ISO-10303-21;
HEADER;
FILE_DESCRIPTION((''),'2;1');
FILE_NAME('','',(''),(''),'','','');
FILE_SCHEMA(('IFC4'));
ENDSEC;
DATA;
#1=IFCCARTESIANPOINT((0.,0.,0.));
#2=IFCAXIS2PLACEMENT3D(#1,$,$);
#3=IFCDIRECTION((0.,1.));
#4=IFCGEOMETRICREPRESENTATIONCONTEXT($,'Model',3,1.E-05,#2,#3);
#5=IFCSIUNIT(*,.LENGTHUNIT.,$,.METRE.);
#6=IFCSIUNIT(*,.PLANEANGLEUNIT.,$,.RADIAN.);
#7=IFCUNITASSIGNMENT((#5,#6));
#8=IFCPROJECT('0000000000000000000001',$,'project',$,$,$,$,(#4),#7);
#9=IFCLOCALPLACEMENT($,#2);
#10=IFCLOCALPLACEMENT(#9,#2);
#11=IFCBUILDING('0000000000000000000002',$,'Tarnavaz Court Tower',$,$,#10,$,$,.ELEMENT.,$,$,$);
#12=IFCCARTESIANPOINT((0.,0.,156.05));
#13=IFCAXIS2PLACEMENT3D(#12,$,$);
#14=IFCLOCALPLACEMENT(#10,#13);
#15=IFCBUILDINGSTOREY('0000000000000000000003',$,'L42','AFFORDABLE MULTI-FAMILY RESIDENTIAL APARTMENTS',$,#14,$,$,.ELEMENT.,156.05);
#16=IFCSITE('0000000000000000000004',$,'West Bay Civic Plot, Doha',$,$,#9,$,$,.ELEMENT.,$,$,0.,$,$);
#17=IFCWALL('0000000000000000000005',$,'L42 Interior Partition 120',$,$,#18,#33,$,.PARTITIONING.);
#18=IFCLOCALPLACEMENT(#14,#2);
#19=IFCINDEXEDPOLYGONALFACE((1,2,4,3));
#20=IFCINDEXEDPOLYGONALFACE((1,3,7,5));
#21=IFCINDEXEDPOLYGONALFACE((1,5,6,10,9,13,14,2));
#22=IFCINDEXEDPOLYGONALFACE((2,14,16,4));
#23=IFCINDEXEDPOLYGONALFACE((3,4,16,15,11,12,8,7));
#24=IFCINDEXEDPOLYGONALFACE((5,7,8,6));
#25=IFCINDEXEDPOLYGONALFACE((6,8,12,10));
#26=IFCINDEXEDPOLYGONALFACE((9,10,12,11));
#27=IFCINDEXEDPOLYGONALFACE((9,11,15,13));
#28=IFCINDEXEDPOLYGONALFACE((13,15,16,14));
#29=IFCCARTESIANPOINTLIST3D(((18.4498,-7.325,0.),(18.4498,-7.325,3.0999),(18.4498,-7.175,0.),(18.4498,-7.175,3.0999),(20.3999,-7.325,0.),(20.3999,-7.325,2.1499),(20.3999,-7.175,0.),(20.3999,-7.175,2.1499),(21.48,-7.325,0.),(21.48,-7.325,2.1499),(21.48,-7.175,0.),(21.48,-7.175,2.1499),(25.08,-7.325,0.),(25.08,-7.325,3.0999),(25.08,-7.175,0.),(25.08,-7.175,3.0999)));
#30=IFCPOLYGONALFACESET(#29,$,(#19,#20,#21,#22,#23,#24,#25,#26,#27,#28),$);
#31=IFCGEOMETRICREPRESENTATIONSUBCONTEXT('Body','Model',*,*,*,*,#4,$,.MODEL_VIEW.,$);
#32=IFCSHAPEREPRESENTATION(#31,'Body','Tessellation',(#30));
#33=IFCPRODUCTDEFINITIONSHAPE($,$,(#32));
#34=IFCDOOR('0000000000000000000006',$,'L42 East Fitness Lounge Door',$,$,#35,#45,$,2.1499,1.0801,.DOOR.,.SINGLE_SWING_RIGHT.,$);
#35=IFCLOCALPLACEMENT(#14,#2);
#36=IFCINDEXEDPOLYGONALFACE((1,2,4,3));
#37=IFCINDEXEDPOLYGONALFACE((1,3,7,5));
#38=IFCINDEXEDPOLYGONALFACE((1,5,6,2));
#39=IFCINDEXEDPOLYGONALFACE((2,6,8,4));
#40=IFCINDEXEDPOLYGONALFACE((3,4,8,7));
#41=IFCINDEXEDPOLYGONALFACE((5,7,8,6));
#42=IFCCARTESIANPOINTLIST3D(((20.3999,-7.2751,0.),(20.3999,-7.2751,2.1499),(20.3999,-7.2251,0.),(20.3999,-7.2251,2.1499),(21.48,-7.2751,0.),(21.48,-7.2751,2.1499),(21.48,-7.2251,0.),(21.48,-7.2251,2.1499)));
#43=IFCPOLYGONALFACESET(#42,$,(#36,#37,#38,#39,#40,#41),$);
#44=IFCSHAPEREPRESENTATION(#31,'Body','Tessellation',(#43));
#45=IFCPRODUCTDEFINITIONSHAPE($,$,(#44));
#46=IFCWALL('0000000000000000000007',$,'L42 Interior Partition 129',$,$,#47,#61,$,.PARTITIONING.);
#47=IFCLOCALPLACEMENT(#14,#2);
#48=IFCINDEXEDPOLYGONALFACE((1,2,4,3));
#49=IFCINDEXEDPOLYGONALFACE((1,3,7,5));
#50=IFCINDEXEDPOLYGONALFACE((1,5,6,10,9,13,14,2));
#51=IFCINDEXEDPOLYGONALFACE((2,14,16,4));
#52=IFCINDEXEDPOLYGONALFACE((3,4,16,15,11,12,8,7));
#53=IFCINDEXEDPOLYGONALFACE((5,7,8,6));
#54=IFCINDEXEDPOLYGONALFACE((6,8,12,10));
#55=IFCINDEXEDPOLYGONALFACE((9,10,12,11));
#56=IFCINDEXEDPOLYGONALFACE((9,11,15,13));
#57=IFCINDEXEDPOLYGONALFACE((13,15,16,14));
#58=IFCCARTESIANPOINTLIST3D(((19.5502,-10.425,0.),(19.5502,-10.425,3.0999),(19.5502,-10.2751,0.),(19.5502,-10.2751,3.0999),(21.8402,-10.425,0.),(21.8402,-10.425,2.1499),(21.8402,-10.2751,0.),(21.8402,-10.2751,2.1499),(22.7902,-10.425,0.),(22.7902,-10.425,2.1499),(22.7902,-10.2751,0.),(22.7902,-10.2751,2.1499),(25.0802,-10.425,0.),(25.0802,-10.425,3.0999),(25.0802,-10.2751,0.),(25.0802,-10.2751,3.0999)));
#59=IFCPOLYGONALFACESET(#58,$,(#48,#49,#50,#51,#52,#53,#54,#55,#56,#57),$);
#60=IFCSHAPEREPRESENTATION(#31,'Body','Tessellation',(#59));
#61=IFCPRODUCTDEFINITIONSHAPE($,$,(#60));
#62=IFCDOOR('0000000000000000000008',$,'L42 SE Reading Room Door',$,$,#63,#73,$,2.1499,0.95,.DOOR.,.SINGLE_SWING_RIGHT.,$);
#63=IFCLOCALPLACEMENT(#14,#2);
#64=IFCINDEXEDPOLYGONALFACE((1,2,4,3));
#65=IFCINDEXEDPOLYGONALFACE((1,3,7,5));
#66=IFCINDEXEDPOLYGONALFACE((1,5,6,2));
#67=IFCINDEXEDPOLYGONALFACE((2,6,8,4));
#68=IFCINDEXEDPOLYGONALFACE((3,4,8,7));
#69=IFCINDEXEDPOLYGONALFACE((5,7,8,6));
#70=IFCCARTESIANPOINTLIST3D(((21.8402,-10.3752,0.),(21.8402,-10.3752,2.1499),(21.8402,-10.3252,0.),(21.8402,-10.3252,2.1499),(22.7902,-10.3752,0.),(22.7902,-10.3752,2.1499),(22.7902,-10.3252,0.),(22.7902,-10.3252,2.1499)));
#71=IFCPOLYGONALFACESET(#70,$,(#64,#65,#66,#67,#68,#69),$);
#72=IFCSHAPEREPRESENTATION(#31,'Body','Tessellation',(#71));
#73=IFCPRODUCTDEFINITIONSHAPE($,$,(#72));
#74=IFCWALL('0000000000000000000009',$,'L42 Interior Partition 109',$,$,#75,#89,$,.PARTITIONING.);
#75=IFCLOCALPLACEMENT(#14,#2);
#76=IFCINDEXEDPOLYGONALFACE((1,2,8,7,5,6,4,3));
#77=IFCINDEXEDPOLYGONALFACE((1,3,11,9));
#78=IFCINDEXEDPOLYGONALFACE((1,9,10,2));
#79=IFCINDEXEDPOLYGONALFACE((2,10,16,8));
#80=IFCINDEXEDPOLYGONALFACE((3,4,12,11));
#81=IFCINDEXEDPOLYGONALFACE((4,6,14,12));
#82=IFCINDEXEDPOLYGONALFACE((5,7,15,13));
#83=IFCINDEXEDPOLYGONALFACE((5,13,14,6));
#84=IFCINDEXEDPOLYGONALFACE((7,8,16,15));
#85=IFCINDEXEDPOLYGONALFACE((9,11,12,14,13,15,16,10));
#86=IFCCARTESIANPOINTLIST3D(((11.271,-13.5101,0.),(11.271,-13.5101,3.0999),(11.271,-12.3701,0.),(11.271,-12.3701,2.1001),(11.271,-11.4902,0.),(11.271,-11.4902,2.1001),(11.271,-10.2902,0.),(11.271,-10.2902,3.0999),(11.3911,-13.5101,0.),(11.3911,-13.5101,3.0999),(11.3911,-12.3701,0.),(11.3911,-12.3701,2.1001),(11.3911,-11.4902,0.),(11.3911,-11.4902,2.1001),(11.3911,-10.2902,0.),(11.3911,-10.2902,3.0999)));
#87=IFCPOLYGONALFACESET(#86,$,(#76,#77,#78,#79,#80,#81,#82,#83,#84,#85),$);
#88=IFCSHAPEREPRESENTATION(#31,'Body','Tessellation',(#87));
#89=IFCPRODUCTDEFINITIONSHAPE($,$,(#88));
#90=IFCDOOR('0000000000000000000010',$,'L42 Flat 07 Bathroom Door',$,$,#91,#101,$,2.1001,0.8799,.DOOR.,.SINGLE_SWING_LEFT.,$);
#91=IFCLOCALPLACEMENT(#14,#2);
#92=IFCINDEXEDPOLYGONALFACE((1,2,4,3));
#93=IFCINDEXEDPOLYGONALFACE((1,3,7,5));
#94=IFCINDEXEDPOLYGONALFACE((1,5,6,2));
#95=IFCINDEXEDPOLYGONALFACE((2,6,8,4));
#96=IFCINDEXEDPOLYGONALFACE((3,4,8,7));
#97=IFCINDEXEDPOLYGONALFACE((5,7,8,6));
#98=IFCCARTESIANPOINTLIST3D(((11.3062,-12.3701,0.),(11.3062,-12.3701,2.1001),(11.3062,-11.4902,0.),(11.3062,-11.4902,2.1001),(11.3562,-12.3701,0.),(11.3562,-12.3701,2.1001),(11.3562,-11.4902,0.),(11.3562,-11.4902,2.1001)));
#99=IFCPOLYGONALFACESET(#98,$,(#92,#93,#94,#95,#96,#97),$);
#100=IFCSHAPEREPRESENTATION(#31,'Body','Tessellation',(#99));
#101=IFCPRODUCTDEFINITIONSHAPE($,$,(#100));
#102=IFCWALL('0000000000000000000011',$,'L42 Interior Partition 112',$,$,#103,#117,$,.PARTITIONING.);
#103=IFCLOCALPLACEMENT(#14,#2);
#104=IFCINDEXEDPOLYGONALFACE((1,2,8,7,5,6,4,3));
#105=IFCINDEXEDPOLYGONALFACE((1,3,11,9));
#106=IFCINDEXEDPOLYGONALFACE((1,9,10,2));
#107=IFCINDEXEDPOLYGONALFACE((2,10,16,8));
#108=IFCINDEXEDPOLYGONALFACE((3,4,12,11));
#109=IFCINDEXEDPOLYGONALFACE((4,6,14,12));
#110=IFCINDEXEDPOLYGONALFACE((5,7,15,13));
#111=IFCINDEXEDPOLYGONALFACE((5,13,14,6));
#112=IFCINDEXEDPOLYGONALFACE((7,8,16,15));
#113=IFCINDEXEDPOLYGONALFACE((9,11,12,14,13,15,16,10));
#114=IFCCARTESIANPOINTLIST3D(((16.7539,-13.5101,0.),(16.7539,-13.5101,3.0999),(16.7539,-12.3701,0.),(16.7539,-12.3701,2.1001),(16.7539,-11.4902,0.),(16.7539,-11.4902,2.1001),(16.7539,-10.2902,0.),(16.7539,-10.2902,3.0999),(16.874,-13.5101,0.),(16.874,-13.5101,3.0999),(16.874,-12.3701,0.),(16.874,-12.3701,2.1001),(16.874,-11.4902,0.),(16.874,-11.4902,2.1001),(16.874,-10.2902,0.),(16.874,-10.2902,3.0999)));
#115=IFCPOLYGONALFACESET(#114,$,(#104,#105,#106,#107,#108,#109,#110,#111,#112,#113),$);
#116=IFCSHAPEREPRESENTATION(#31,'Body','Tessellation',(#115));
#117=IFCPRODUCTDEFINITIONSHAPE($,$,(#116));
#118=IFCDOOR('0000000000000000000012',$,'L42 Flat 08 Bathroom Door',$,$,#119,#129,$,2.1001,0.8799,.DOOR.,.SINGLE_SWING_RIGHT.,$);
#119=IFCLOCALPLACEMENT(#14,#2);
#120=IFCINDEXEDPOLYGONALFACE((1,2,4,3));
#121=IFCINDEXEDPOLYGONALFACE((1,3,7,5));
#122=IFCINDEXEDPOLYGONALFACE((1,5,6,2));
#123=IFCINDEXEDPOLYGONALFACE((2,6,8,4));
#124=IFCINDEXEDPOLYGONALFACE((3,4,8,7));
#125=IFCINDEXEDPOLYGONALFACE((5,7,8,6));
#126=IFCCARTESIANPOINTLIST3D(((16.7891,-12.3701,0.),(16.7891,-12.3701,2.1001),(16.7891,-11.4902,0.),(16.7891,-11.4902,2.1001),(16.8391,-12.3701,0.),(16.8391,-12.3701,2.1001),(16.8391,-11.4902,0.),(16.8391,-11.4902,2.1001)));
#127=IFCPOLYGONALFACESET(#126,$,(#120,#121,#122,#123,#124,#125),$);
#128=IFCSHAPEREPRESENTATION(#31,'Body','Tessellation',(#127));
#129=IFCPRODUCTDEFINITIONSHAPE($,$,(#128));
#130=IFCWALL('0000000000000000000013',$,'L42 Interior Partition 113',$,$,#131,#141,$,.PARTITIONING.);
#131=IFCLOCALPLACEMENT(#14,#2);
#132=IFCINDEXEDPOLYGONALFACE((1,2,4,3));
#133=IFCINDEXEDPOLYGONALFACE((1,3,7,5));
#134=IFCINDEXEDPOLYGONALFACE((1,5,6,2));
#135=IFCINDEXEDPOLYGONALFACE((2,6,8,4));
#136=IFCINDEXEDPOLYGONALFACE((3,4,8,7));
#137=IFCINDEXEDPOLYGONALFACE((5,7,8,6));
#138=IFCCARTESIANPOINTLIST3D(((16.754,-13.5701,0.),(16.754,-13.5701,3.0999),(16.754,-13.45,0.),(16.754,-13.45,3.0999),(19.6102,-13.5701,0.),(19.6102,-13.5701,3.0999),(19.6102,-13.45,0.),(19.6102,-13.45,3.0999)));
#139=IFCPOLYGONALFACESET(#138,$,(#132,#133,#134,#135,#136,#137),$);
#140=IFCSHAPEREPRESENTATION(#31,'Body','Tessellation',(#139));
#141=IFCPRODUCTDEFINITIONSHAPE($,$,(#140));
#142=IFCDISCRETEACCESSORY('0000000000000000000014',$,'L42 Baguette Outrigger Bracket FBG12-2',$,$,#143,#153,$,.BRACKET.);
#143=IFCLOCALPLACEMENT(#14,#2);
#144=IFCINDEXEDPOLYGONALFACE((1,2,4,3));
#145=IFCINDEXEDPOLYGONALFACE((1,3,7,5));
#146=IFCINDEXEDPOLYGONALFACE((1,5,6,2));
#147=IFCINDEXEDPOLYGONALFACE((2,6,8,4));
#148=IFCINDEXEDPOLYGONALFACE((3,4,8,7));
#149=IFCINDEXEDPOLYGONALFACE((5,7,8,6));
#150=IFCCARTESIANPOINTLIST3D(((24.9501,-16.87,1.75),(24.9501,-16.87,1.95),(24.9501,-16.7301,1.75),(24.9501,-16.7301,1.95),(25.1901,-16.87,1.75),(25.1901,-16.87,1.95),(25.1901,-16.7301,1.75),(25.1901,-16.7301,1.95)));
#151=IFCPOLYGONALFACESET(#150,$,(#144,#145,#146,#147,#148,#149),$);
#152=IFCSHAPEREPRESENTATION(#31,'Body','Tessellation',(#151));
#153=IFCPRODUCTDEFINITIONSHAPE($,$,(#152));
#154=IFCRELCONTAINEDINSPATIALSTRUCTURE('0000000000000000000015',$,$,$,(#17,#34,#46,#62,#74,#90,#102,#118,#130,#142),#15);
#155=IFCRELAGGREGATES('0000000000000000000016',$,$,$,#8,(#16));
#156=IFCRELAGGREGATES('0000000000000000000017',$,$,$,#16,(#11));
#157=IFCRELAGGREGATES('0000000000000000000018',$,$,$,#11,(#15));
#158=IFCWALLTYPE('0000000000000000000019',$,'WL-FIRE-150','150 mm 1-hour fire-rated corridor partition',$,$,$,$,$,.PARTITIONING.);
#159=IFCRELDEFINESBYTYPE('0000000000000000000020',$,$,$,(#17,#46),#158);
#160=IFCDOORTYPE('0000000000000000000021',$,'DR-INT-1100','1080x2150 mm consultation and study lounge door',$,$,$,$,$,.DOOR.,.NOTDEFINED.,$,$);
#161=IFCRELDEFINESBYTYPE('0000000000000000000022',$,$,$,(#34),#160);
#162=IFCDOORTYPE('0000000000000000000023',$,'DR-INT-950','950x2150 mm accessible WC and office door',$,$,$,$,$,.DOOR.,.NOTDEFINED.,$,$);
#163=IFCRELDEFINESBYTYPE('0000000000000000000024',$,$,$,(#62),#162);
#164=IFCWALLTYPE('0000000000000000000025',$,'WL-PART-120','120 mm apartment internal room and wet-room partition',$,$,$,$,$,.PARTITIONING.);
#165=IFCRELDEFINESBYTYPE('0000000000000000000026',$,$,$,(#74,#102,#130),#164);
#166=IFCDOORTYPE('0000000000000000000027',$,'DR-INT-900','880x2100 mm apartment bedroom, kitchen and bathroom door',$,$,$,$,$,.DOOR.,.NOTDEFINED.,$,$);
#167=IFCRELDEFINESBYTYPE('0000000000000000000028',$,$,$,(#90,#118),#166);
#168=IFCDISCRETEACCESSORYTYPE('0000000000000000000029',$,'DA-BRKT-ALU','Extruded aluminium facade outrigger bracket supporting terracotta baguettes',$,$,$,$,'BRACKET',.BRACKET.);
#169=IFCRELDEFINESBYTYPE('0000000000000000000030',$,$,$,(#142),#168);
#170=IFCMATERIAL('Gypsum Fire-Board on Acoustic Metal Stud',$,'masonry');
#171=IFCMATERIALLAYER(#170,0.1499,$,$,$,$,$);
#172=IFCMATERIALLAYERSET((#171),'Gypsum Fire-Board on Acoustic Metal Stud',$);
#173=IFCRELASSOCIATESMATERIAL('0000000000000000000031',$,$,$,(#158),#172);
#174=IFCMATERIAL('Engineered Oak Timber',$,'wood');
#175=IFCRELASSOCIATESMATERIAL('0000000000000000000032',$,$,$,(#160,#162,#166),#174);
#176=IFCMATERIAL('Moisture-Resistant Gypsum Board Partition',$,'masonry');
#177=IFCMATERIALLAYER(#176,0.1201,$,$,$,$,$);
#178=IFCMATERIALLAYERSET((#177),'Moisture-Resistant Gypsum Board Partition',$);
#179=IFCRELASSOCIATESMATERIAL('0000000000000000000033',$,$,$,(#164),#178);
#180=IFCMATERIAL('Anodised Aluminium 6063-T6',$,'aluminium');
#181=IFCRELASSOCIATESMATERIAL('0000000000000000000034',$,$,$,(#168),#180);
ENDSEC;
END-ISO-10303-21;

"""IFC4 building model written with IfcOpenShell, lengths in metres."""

from ifc_helpers import new_model, si_unit, direction, frame, frame_2d, origin, origin_2d, place, context, subcontext, project, spatial, rectangle, extrude, material, layer, layer_set, type_object, element, fill, save


model = new_model("IFC4")

# Units and contexts
model_context = context("Model", 3, precision=1e-05, world=origin(), true_north=direction((0.0, 1.0)))
body_context = subcontext(model_context, "Body", "Model", "MODEL_VIEW")
ifc_project = project(units=[si_unit("LENGTHUNIT", "METRE"), si_unit("PLANEANGLEUNIT", "RADIAN")], contexts=[model_context])

# Site, building, storey
site_placement = place(None, origin())
site = spatial("IfcSite", under=ifc_project, at=site_placement, Name="West Bay Civic Plot, Doha", CompositionType="ELEMENT", RefElevation=0.0)
building_placement = place(site_placement, origin())
building = spatial("IfcBuilding", under=site, at=building_placement, Name="Tarnavaz Court Tower", CompositionType="ELEMENT")
storey_placement = place(building_placement, frame((0.0, 0.0, 156.05)))
storey = spatial("IfcBuildingStorey", under=building, at=storey_placement, Name="L42", Description="AFFORDABLE MULTI-FAMILY RESIDENTIAL APARTMENTS", CompositionType="ELEMENT", Elevation=156.05)

# Walls, openings, doors
ifc_material_1 = material(Name="Gypsum Fire-Board on Acoustic Metal Stud", Category="masonry")
ifc_layer_1 = layer(ifc_material_1, 0.1499)
ifc_layer_set_1 = layer_set([ifc_layer_1], Name="Gypsum Fire-Board on Acoustic Metal Stud")
wall_type_1 = type_object("IfcWallType", Name="WL-FIRE-150", Description="150 mm 1-hour fire-rated corridor partition", PredefinedType="PARTITIONING", material=ifc_layer_set_1)
wall_1_placement = place(storey_placement, frame((18.45, -7.25, 0.0), z_axis=(0.0, 0.0, 1.0), x_axis=(1.0, 0.0, 0.0)))
wall_1 = element("IfcWall", 1, at=wall_1_placement, inside=storey, type_object=wall_type_1, Name="L42 Interior Partition 120", PredefinedType="PARTITIONING", context=body_context, shape_type="SweptSolid", body=[
    extrude(rectangle(XDim=6.6301, YDim=0.1499, at=frame_2d((3.3149, 0.0))), origin(), (0.0, 0.0, 1.0), 3.0999),
])
opening_1_placement = place(wall_1_placement, frame((1.95, 0.0, 0.0)))
opening_1 = element("IfcOpeningElement", 2, at=opening_1_placement, cuts=wall_1, PredefinedType="OPENING", context=body_context, shape_type="SweptSolid", body=[
    extrude(rectangle(XDim=1.0801, YDim=2.1499, at=frame_2d((0.54, 1.075))), frame((0.0, 0.085, 0.0), z_axis=(0.0, -1.0, 0.0), x_axis=(1.0, 0.0, 0.0)), (0.0, 0.0, 1.0), 0.1699),
])
ifc_material_2 = material(Name="Engineered Oak Timber", Category="wood")
door_type_1 = type_object("IfcDoorType", Name="DR-INT-1100", Description="1080x2150 mm consultation and study lounge door", OperationType="NOTDEFINED", PredefinedType="DOOR", material=ifc_material_2)
door_1_placement = place(opening_1_placement, origin())
door_1 = element("IfcDoor", 3, at=door_1_placement, inside=storey, type_object=door_type_1, Name="L42 East Fitness Lounge Door", OperationType="SINGLE_SWING_RIGHT", OverallHeight=2.1499, OverallWidth=1.0801, PredefinedType="DOOR", context=body_context, shape_type="SweptSolid", body=[
    extrude(rectangle(XDim=1.0801, YDim=2.1499, at=frame_2d((0.54, 1.075))), frame((0.0, 0.0249, 0.0), z_axis=(0.0, -1.0, 0.0), x_axis=(1.0, 0.0, 0.0)), (0.0, 0.0, 1.0), 0.05),
])
fill(opening_1, door_1)
wall_2_placement = place(storey_placement, frame((19.55, -10.3501, 0.0), z_axis=(0.0, 0.0, 1.0), x_axis=(1.0, 0.0, 0.0)))
wall_2 = element("IfcWall", 4, at=wall_2_placement, inside=storey, type_object=wall_type_1, Name="L42 Interior Partition 129", PredefinedType="PARTITIONING", context=body_context, shape_type="SweptSolid", body=[
    extrude(rectangle(XDim=5.53, YDim=0.1499, at=frame_2d((2.7651, 0.0))), origin(), (0.0, 0.0, 1.0), 3.0999),
])
opening_2_placement = place(wall_2_placement, frame((2.29, 0.0, 0.0)))
opening_2 = element("IfcOpeningElement", 5, at=opening_2_placement, cuts=wall_2, PredefinedType="OPENING", context=body_context, shape_type="SweptSolid", body=[
    extrude(rectangle(XDim=0.95, YDim=2.1499, at=frame_2d((0.4751, 1.075))), frame((0.0, 0.085, 0.0), z_axis=(0.0, -1.0, 0.0), x_axis=(1.0, 0.0, 0.0)), (0.0, 0.0, 1.0), 0.1699),
])
door_type_2 = type_object("IfcDoorType", Name="DR-INT-950", Description="950x2150 mm accessible WC and office door", OperationType="NOTDEFINED", PredefinedType="DOOR", material=ifc_material_2)
door_2_placement = place(opening_2_placement, origin())
door_2 = element("IfcDoor", 6, at=door_2_placement, inside=storey, type_object=door_type_2, Name="L42 SE Reading Room Door", OperationType="SINGLE_SWING_RIGHT", OverallHeight=2.1499, OverallWidth=0.95, PredefinedType="DOOR", context=body_context, shape_type="SweptSolid", body=[
    extrude(rectangle(XDim=0.95, YDim=2.1499, at=frame_2d((0.4751, 1.075))), frame((0.0, 0.0249, 0.0), z_axis=(0.0, -1.0, 0.0), x_axis=(1.0, 0.0, 0.0)), (0.0, 0.0, 1.0), 0.05),
])
fill(opening_2, door_2)
ifc_material_3 = material(Name="Moisture-Resistant Gypsum Board Partition", Category="masonry")
ifc_layer_2 = layer(ifc_material_3, 0.1201)
ifc_layer_set_2 = layer_set([ifc_layer_2], Name="Moisture-Resistant Gypsum Board Partition")
wall_type_2 = type_object("IfcWallType", Name="WL-PART-120", Description="120 mm apartment internal room and wet-room partition", PredefinedType="PARTITIONING", material=ifc_layer_set_2)
wall_3_placement = place(storey_placement, frame((11.3311, -13.51, 0.0), z_axis=(0.0, 0.0, 1.0), x_axis=(0.0, 1.0, 0.0)))
wall_3 = element("IfcWall", 7, at=wall_3_placement, inside=storey, type_object=wall_type_2, Name="L42 Interior Partition 109", PredefinedType="PARTITIONING", context=body_context, shape_type="SweptSolid", body=[
    extrude(rectangle(XDim=3.22, YDim=0.1201, at=frame_2d((1.6099, 0.0))), origin(), (0.0, 0.0, 1.0), 3.0999),
])
opening_3_placement = place(wall_3_placement, frame((1.1399, 0.0, 0.0)))
opening_3 = element("IfcOpeningElement", 8, at=opening_3_placement, cuts=wall_3, PredefinedType="OPENING", context=body_context, shape_type="SweptSolid", body=[
    extrude(rectangle(XDim=0.8799, YDim=2.1001, at=frame_2d((0.4399, 1.05))), frame((0.0, 0.0701, 0.0), z_axis=(0.0, -1.0, 0.0), x_axis=(1.0, 0.0, 0.0)), (0.0, 0.0, 1.0), 0.1401),
])
door_type_3 = type_object("IfcDoorType", Name="DR-INT-900", Description="880x2100 mm apartment bedroom, kitchen and bathroom door", OperationType="NOTDEFINED", PredefinedType="DOOR", material=ifc_material_2)
door_3_placement = place(opening_3_placement, origin())
door_3 = element("IfcDoor", 9, at=door_3_placement, inside=storey, type_object=door_type_3, Name="L42 Flat 07 Bathroom Door", OperationType="SINGLE_SWING_LEFT", OverallHeight=2.1001, OverallWidth=0.8799, PredefinedType="DOOR", context=body_context, shape_type="SweptSolid", body=[
    extrude(rectangle(XDim=0.8799, YDim=2.1001, at=frame_2d((0.4399, 1.05))), frame((0.0, 0.0249, 0.0), z_axis=(0.0, -1.0, 0.0), x_axis=(1.0, 0.0, 0.0)), (0.0, 0.0, 1.0), 0.05),
])
fill(opening_3, door_3)
wall_4_placement = place(storey_placement, frame((16.814, -13.51, 0.0), z_axis=(0.0, 0.0, 1.0), x_axis=(0.0, 1.0, 0.0)))
wall_4 = element("IfcWall", 10, at=wall_4_placement, inside=storey, type_object=wall_type_2, Name="L42 Interior Partition 112", PredefinedType="PARTITIONING", context=body_context, shape_type="SweptSolid", body=[
    extrude(rectangle(XDim=3.22, YDim=0.1201, at=frame_2d((1.6099, 0.0))), origin(), (0.0, 0.0, 1.0), 3.0999),
])
opening_4_placement = place(wall_4_placement, frame((1.1399, 0.0, 0.0)))
opening_4 = element("IfcOpeningElement", 11, at=opening_4_placement, cuts=wall_4, PredefinedType="OPENING", context=body_context, shape_type="SweptSolid", body=[
    extrude(rectangle(XDim=0.8799, YDim=2.1001, at=frame_2d((0.4399, 1.05))), frame((0.0, 0.0701, 0.0), z_axis=(0.0, -1.0, 0.0), x_axis=(1.0, 0.0, 0.0)), (0.0, 0.0, 1.0), 0.1401),
])
door_4_placement = place(opening_4_placement, origin())
door_4 = element("IfcDoor", 12, at=door_4_placement, inside=storey, type_object=door_type_3, Name="L42 Flat 08 Bathroom Door", OperationType="SINGLE_SWING_RIGHT", OverallHeight=2.1001, OverallWidth=0.8799, PredefinedType="DOOR", context=body_context, shape_type="SweptSolid", body=[
    extrude(rectangle(XDim=0.8799, YDim=2.1001, at=frame_2d((0.4399, 1.05))), frame((0.0, 0.0249, 0.0), z_axis=(0.0, -1.0, 0.0), x_axis=(1.0, 0.0, 0.0)), (0.0, 0.0, 1.0), 0.05),
])
fill(opening_4, door_4)

# Wall
wall_5_placement = place(storey_placement, frame((16.7539, -13.51, 0.0), z_axis=(0.0, 0.0, 1.0), x_axis=(1.0, 0.0, 0.0)))
element("IfcWall", 13, at=wall_5_placement, inside=storey, type_object=wall_type_2, Name="L42 Interior Partition 113", PredefinedType="PARTITIONING", context=body_context, shape_type="SweptSolid", body=[
    extrude(rectangle(XDim=2.8562, YDim=0.1201, at=frame_2d((1.4282, 0.0))), origin(), (0.0, 0.0, 1.0), 3.0999),
])

# Discrete accessory
ifc_material_4 = material(Name="Anodised Aluminium 6063-T6", Category="aluminium")
discrete_accessory_type = type_object("IfcDiscreteAccessoryType", Name="DA-BRKT-ALU", Description="Extruded aluminium facade outrigger bracket supporting terracotta baguettes", ElementType="BRACKET", PredefinedType="BRACKET", material=ifc_material_4)
discrete_accessory_placement = place(storey_placement, frame((25.0701, -16.8, 1.75), z_axis=(0.0, 0.0, 1.0), x_axis=(0.0, -1.0, 0.0)))
element("IfcDiscreteAccessory", 14, at=discrete_accessory_placement, inside=storey, type_object=discrete_accessory_type, Name="L42 Baguette Outrigger Bracket FBG12-2", PredefinedType="BRACKET", context=body_context, shape_type="SweptSolid", body=[
    extrude(rectangle(XDim=0.1399, YDim=0.24, at=origin_2d()), origin(), (0.0, 0.0, 1.0), 0.2),
])

save(model, "model.ifc")
